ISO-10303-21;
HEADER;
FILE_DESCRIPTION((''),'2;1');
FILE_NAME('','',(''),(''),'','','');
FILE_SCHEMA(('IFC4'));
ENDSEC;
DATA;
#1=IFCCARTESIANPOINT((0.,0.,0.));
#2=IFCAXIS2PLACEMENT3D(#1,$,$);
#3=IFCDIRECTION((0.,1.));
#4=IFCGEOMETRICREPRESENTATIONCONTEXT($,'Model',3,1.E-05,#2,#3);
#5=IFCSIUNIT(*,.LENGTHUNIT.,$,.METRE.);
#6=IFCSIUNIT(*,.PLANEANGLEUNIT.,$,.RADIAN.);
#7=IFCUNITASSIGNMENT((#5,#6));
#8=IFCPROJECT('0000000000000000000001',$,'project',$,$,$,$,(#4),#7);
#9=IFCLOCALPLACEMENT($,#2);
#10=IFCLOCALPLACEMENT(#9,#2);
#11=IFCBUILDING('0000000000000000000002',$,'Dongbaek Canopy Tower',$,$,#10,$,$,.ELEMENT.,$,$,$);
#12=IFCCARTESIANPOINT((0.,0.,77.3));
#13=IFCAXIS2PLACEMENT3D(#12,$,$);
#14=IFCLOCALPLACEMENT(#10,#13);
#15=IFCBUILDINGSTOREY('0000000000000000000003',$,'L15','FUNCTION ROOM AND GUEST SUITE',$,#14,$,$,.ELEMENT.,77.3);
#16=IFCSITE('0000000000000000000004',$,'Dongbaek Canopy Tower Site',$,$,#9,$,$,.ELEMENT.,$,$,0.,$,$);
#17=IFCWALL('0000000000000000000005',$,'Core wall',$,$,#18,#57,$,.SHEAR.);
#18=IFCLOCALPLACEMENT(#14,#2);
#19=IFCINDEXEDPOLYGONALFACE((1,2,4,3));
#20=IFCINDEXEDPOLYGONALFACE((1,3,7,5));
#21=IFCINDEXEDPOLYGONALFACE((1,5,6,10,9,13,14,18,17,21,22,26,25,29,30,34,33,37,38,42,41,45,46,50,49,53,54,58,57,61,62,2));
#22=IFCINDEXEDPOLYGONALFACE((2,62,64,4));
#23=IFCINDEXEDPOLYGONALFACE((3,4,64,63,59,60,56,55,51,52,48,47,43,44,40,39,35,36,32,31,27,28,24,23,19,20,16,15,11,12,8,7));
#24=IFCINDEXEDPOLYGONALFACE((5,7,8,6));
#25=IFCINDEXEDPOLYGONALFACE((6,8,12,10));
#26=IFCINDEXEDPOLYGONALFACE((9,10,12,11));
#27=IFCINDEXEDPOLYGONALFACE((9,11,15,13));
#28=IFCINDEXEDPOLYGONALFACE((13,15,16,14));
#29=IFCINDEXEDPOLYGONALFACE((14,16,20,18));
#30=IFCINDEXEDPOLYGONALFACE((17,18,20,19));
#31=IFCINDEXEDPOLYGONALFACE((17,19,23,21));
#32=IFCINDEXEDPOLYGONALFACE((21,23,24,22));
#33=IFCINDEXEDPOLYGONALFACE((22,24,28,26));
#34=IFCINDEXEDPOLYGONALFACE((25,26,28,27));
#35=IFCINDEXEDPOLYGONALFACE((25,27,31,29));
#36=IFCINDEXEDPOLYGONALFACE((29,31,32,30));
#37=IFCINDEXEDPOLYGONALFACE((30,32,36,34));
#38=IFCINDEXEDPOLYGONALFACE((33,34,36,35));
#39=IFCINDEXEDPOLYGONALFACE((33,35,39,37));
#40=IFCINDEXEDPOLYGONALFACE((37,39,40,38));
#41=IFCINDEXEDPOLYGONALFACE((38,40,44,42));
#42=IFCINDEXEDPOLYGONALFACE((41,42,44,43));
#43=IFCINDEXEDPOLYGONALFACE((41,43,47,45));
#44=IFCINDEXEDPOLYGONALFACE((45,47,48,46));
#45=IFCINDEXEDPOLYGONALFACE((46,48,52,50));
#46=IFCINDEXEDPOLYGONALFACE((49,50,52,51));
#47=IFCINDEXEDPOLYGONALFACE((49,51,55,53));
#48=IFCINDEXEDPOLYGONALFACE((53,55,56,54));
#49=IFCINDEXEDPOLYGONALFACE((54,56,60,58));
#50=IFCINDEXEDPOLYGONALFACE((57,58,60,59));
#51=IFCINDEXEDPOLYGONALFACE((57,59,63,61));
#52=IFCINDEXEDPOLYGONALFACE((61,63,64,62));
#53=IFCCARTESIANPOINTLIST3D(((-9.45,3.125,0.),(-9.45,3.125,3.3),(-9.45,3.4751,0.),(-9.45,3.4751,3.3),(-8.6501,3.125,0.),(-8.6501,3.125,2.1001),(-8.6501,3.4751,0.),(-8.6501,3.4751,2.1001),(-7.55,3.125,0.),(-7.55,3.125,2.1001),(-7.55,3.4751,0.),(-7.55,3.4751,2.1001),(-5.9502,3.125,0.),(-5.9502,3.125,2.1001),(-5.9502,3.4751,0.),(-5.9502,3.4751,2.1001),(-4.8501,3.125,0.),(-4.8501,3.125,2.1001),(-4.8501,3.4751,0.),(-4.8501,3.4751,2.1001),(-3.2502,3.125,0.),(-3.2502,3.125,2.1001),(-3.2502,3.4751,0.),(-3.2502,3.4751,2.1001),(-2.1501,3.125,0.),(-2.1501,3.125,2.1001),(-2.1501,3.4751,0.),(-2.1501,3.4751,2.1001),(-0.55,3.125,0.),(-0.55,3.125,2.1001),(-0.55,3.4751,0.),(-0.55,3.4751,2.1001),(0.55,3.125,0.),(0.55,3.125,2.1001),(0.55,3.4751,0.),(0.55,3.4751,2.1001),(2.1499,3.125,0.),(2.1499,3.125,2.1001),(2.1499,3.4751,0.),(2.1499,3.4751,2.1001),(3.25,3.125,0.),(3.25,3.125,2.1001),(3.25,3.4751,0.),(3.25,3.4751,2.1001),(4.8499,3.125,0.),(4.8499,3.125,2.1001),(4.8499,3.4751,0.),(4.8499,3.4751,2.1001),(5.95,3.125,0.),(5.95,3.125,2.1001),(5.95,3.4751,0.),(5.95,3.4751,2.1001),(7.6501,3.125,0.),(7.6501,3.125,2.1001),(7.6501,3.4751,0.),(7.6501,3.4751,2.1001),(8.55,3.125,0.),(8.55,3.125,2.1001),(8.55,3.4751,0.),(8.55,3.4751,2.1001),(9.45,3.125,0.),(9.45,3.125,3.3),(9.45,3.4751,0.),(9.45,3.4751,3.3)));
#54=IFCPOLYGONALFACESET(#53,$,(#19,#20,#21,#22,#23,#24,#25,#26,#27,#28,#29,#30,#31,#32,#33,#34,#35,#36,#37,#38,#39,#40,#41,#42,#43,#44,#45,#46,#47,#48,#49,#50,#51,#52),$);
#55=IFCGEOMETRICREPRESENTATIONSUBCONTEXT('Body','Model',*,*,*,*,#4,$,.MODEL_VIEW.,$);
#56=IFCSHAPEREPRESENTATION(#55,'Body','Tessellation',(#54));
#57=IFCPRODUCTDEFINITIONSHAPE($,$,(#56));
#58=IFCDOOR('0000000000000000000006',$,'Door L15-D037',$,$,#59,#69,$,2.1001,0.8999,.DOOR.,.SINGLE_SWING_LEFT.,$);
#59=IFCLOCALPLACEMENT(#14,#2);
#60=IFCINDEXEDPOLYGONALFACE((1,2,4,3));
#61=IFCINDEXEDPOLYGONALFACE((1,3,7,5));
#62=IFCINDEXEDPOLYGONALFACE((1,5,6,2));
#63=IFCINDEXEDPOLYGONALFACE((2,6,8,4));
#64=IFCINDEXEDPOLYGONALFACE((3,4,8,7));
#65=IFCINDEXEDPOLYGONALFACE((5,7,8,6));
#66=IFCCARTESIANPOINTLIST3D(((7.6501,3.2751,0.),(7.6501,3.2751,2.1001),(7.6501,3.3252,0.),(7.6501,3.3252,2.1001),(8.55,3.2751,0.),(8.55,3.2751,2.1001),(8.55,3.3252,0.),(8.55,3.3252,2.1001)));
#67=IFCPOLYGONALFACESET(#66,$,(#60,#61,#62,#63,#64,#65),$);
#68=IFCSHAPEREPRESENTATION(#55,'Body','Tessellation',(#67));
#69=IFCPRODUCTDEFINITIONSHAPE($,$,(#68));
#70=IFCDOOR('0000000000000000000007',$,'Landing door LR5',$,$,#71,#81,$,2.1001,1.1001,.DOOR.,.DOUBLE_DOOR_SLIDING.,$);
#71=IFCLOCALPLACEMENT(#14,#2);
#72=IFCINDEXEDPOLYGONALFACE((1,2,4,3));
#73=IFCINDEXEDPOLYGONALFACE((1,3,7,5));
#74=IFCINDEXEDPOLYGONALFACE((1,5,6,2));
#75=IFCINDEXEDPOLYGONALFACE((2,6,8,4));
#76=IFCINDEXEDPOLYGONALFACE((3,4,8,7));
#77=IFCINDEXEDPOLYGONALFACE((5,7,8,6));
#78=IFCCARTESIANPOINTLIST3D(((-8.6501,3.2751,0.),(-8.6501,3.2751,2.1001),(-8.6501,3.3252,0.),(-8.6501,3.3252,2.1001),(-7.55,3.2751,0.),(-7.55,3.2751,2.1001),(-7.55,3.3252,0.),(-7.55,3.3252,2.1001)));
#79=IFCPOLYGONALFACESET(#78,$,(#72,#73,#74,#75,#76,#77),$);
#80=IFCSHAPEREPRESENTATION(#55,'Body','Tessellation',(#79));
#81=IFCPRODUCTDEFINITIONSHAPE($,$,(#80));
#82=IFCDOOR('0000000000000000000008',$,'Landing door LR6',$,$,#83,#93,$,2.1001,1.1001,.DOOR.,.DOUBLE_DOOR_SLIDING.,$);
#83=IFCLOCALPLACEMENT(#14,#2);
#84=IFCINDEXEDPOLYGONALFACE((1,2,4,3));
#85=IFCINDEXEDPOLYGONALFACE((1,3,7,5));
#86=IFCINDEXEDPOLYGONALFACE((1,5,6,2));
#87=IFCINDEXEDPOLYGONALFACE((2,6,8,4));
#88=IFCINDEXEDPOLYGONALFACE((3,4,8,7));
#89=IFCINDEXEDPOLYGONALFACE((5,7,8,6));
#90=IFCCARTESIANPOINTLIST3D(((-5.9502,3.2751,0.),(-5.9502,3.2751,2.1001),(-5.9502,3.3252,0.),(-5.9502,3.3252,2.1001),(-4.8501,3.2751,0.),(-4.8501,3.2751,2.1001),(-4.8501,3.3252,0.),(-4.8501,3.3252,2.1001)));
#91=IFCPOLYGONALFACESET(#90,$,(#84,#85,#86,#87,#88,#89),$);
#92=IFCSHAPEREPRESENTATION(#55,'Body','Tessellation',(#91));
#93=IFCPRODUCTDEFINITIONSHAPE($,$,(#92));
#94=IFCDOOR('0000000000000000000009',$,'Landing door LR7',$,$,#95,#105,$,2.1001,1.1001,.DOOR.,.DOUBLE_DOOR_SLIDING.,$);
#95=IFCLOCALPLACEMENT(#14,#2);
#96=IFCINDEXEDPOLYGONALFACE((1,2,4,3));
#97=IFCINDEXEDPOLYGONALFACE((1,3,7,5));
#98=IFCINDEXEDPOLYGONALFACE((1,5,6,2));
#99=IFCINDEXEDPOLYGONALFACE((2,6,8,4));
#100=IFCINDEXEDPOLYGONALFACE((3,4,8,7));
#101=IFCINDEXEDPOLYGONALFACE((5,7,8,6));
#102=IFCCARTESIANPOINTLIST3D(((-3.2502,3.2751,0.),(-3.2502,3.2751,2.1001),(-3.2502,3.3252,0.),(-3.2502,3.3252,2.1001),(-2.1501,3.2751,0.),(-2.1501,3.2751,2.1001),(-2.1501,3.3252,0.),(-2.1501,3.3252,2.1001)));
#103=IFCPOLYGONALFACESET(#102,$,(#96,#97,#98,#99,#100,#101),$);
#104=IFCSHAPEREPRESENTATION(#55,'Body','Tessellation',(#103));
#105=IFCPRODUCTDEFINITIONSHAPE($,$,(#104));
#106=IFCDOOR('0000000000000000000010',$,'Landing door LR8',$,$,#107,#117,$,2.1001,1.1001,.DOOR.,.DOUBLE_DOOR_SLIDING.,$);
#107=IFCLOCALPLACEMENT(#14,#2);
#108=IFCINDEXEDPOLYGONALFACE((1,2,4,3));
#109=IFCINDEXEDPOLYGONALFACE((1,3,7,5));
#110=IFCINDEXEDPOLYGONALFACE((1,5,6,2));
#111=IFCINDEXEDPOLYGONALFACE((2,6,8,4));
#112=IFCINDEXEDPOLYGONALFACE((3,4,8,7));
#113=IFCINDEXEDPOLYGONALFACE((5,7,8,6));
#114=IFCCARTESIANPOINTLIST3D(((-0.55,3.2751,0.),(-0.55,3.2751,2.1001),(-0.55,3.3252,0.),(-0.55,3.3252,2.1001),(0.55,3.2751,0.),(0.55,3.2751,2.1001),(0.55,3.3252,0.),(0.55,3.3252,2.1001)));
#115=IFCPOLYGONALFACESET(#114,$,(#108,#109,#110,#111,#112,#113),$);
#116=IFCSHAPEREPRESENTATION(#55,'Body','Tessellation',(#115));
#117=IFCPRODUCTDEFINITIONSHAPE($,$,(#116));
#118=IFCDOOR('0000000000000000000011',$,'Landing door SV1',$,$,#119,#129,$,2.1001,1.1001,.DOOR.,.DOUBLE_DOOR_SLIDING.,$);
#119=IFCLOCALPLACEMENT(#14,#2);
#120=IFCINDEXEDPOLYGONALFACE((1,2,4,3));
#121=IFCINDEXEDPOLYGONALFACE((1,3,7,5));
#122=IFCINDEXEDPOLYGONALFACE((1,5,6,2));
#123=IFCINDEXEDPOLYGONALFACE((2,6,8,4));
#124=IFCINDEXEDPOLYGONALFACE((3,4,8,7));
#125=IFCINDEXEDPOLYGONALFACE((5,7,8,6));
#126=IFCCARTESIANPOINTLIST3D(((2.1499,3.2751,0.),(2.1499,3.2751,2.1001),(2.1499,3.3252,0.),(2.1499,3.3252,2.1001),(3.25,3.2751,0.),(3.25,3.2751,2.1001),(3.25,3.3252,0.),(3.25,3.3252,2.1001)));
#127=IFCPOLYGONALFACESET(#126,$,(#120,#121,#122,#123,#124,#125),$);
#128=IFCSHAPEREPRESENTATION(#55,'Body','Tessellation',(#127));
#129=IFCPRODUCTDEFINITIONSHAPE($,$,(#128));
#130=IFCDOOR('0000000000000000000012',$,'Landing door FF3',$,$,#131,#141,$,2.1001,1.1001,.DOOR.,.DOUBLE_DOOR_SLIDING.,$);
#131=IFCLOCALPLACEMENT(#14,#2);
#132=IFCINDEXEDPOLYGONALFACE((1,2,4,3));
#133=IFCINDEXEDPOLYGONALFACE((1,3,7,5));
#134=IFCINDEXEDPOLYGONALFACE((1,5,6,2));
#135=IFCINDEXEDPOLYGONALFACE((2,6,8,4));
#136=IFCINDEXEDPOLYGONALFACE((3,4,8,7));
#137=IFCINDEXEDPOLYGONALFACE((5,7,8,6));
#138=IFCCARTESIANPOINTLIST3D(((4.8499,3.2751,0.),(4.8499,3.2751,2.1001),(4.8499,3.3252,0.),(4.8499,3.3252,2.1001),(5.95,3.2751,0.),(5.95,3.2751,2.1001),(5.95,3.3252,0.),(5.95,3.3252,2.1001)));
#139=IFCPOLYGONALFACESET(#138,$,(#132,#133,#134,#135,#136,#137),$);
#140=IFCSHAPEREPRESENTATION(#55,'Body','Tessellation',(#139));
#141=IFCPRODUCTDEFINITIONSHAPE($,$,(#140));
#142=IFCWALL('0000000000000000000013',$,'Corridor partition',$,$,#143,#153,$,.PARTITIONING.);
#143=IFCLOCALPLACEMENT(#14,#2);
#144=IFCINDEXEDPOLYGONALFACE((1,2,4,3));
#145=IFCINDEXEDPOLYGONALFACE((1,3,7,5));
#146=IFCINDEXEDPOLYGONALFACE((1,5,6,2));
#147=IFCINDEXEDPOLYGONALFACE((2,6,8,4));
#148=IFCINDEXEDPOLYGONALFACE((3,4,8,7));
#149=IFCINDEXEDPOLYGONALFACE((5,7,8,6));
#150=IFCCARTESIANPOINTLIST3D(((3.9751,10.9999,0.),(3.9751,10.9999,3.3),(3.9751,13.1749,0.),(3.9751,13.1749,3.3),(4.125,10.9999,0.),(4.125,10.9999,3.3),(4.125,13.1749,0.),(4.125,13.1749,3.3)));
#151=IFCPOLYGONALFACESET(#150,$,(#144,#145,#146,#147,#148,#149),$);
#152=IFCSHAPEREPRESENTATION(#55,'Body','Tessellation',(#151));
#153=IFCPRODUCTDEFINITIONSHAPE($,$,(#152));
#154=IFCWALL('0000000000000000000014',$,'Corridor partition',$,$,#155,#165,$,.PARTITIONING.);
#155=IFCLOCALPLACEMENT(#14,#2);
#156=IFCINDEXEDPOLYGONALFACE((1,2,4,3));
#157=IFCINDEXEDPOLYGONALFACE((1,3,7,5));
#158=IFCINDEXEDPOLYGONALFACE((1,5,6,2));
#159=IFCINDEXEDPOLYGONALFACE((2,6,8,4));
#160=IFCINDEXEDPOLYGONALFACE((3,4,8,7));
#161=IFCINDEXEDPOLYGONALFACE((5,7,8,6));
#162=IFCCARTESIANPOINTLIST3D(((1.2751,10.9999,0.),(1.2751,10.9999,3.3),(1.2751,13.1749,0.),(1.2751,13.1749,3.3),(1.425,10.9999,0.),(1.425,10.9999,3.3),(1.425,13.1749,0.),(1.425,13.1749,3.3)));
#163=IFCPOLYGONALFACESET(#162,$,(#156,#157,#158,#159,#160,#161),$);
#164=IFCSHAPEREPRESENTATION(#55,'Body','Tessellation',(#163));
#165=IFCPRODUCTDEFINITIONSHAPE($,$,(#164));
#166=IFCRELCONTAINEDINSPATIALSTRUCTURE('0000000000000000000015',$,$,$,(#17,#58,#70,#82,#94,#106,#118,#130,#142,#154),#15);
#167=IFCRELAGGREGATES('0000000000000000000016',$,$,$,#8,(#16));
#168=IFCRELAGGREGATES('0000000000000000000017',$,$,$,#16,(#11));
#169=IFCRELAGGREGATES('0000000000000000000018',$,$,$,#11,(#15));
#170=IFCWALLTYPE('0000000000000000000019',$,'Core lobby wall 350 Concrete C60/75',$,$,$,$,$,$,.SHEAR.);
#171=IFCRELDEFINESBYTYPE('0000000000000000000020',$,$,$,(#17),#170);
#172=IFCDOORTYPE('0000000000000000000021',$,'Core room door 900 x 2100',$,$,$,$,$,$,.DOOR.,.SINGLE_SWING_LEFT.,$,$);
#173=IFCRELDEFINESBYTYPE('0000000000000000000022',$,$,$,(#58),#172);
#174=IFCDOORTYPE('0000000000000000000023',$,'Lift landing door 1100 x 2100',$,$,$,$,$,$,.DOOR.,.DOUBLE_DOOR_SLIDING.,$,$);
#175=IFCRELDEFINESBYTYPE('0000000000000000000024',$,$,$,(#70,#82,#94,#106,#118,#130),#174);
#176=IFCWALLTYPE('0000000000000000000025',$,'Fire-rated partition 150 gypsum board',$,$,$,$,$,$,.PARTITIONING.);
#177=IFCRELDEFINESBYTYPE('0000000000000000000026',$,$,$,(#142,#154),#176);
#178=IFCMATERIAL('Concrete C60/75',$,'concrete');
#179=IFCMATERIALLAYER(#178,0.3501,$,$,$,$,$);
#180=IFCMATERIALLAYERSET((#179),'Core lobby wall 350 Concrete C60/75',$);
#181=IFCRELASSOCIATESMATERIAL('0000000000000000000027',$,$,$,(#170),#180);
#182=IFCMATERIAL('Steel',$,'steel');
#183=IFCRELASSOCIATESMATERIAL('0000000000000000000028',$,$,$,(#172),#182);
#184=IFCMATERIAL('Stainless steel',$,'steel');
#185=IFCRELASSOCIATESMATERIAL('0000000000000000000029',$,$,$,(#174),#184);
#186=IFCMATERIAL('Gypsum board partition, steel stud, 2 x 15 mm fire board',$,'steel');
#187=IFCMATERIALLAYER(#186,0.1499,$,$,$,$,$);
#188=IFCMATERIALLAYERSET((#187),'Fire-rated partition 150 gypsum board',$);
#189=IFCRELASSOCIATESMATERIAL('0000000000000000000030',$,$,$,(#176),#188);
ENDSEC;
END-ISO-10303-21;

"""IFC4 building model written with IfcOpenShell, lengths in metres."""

from ifc_helpers import new_model, si_unit, direction, frame, frame_2d, origin, place, context, subcontext, project, spatial, rectangle, extrude, material, layer, layer_set, type_object, element, fill, save


model = new_model("IFC4")

# Units and contexts
model_context = context("Model", 3, precision=1e-05, world=origin(), true_north=direction((0.0, 1.0)))
body_context = subcontext(model_context, "Body", "Model", "MODEL_VIEW")
ifc_project = project(units=[si_unit("LENGTHUNIT", "METRE"), si_unit("PLANEANGLEUNIT", "RADIAN")], contexts=[model_context])

# Site, building, storey
site_placement = place(None, origin())
site = spatial("IfcSite", under=ifc_project, at=site_placement, Name="Dongbaek Canopy Tower Site", CompositionType="ELEMENT", RefElevation=0.0)
building_placement = place(site_placement, origin())
building = spatial("IfcBuilding", under=site, at=building_placement, Name="Dongbaek Canopy Tower", CompositionType="ELEMENT")
storey_placement = place(building_placement, frame((0.0, 0.0, 77.3)))
storey = spatial("IfcBuildingStorey", under=building, at=storey_placement, Name="L15", Description="FUNCTION ROOM AND GUEST SUITE", CompositionType="ELEMENT", Elevation=77.3)

# Wall, openings, doors
ifc_material_1 = material(Name="Concrete C60/75", Category="concrete")
ifc_layer_1 = layer(ifc_material_1, 0.3501)
ifc_layer_set_1 = layer_set([ifc_layer_1], Name="Core lobby wall 350 Concrete C60/75")
wall_type_1 = type_object("IfcWallType", Name="Core lobby wall 350 Concrete C60/75", PredefinedType="SHEAR", material=ifc_layer_set_1)
wall_1_placement = place(storey_placement, frame((9.45, 3.3, 0.0), z_axis=(0.0, 0.0, 1.0), x_axis=(-1.0, 0.0, 0.0)))
wall_1 = element("IfcWall", 1, at=wall_1_placement, inside=storey, type_object=wall_type_1, Name="Core wall", PredefinedType="SHEAR", context=body_context, shape_type="SweptSolid", body=[
    extrude(rectangle(XDim=18.8999, YDim=0.3501, at=frame_2d((9.45, 0.0))), origin(), (0.0, 0.0, 1.0), 3.3),
])
opening_1_placement = place(wall_1_placement, frame((17.0, 0.0, 0.0)))
opening_1 = element("IfcOpeningElement", 2, at=opening_1_placement, cuts=wall_1, PredefinedType="OPENING", context=body_context, shape_type="SweptSolid", body=[
    extrude(rectangle(XDim=1.1001, YDim=2.1001, at=frame_2d((0.55, 1.05))), frame((0.0, 0.1851, 0.0), z_axis=(0.0, -1.0, 0.0), x_axis=(1.0, 0.0, 0.0)), (0.0, 0.0, 1.0), 0.3701),
])
opening_2_placement = place(wall_1_placement, frame((14.3, 0.0, 0.0)))
opening_2 = element("IfcOpeningElement", 3, at=opening_2_placement, cuts=wall_1, PredefinedType="OPENING", context=body_context, shape_type="SweptSolid", body=[
    extrude(rectangle(XDim=1.1001, YDim=2.1001, at=frame_2d((0.55, 1.05))), frame((0.0, 0.1851, 0.0), z_axis=(0.0, -1.0, 0.0), x_axis=(1.0, 0.0, 0.0)), (0.0, 0.0, 1.0), 0.3701),
])
opening_3_placement = place(wall_1_placement, frame((11.6001, 0.0, 0.0)))
opening_3 = element("IfcOpeningElement", 4, at=opening_3_placement, cuts=wall_1, PredefinedType="OPENING", context=body_context, shape_type="SweptSolid", body=[
    extrude(rectangle(XDim=1.1001, YDim=2.1001, at=frame_2d((0.55, 1.05))), frame((0.0, 0.1851, 0.0), z_axis=(0.0, -1.0, 0.0), x_axis=(1.0, 0.0, 0.0)), (0.0, 0.0, 1.0), 0.3701),
])
opening_4_placement = place(wall_1_placement, frame((8.8999, 0.0, 0.0)))
opening_4 = element("IfcOpeningElement", 5, at=opening_4_placement, cuts=wall_1, PredefinedType="OPENING", context=body_context, shape_type="SweptSolid", body=[
    extrude(rectangle(XDim=1.1001, YDim=2.1001, at=frame_2d((0.55, 1.05))), frame((0.0, 0.1851, 0.0), z_axis=(0.0, -1.0, 0.0), x_axis=(1.0, 0.0, 0.0)), (0.0, 0.0, 1.0), 0.3701),
])
opening_5_placement = place(wall_1_placement, frame((6.2, 0.0, 0.0)))
opening_5 = element("IfcOpeningElement", 6, at=opening_5_placement, cuts=wall_1, PredefinedType="OPENING", context=body_context, shape_type="SweptSolid", body=[
    extrude(rectangle(XDim=1.1001, YDim=2.1001, at=frame_2d((0.55, 1.05))), frame((0.0, 0.1851, 0.0), z_axis=(0.0, -1.0, 0.0), x_axis=(1.0, 0.0, 0.0)), (0.0, 0.0, 1.0), 0.3701),
])
opening_6_placement = place(wall_1_placement, frame((3.5, 0.0, 0.0)))
opening_6 = element("IfcOpeningElement", 7, at=opening_6_placement, cuts=wall_1, PredefinedType="OPENING", context=body_context, shape_type="SweptSolid", body=[
    extrude(rectangle(XDim=1.1001, YDim=2.1001, at=frame_2d((0.55, 1.05))), frame((0.0, 0.1851, 0.0), z_axis=(0.0, -1.0, 0.0), x_axis=(1.0, 0.0, 0.0)), (0.0, 0.0, 1.0), 0.3701),
])
opening_7_placement = place(wall_1_placement, frame((0.8999, 0.0, 0.0)))
opening_7 = element("IfcOpeningElement", 8, at=opening_7_placement, cuts=wall_1, PredefinedType="OPENING", context=body_context, shape_type="SweptSolid", body=[
    extrude(rectangle(XDim=0.8999, YDim=2.1001, at=frame_2d((0.45, 1.05))), frame((0.0, 0.1851, 0.0), z_axis=(0.0, -1.0, 0.0), x_axis=(1.0, 0.0, 0.0)), (0.0, 0.0, 1.0), 0.3701),
])
ifc_material_2 = material(Name="Steel", Category="steel")
door_type_1 = type_object("IfcDoorType", Name="Core room door 900 x 2100", OperationType="SINGLE_SWING_LEFT", PredefinedType="DOOR", material=ifc_material_2)
door_1_placement = place(opening_7_placement, origin())
door_1 = element("IfcDoor", 9, at=door_1_placement, inside=storey, type_object=door_type_1, Name="Door L15-D037", OperationType="SINGLE_SWING_LEFT", OverallHeight=2.1001, OverallWidth=0.8999, PredefinedType="DOOR", context=body_context, shape_type="SweptSolid", body=[
    extrude(rectangle(XDim=0.8999, YDim=2.1001, at=frame_2d((0.45, 1.05))), frame((0.0, 0.0249, 0.0), z_axis=(0.0, -1.0, 0.0), x_axis=(1.0, 0.0, 0.0)), (0.0, 0.0, 1.0), 0.05),
])
fill(opening_7, door_1)
ifc_material_3 = material(Name="Stainless steel", Category="steel")
door_type_2 = type_object("IfcDoorType", Name="Lift landing door 1100 x 2100", OperationType="DOUBLE_DOOR_SLIDING", PredefinedType="DOOR", material=ifc_material_3)
door_2_placement = place(opening_1_placement, origin())
door_2 = element("IfcDoor", 10, at=door_2_placement, inside=storey, type_object=door_type_2, Name="Landing door LR5", OperationType="DOUBLE_DOOR_SLIDING", OverallHeight=2.1001, OverallWidth=1.1001, PredefinedType="DOOR", context=body_context, shape_type="SweptSolid", body=[
    extrude(rectangle(XDim=1.1001, YDim=2.1001, at=frame_2d((0.55, 1.05))), frame((0.0, 0.0249, 0.0), z_axis=(0.0, -1.0, 0.0), x_axis=(1.0, 0.0, 0.0)), (0.0, 0.0, 1.0), 0.05),
])
fill(opening_1, door_2)
door_3_placement = place(opening_2_placement, origin())
door_3 = element("IfcDoor", 11, at=door_3_placement, inside=storey, type_object=door_type_2, Name="Landing door LR6", OperationType="DOUBLE_DOOR_SLIDING", OverallHeight=2.1001, OverallWidth=1.1001, PredefinedType="DOOR", context=body_context, shape_type="SweptSolid", body=[
    extrude(rectangle(XDim=1.1001, YDim=2.1001, at=frame_2d((0.55, 1.05))), frame((0.0, 0.0249, 0.0), z_axis=(0.0, -1.0, 0.0), x_axis=(1.0, 0.0, 0.0)), (0.0, 0.0, 1.0), 0.05),
])
fill(opening_2, door_3)
door_4_placement = place(opening_3_placement, origin())
door_4 = element("IfcDoor", 12, at=door_4_placement, inside=storey, type_object=door_type_2, Name="Landing door LR7", OperationType="DOUBLE_DOOR_SLIDING", OverallHeight=2.1001, OverallWidth=1.1001, PredefinedType="DOOR", context=body_context, shape_type="SweptSolid", body=[
    extrude(rectangle(XDim=1.1001, YDim=2.1001, at=frame_2d((0.55, 1.05))), frame((0.0, 0.0249, 0.0), z_axis=(0.0, -1.0, 0.0), x_axis=(1.0, 0.0, 0.0)), (0.0, 0.0, 1.0), 0.05),
])
fill(opening_3, door_4)
door_5_placement = place(opening_4_placement, origin())
door_5 = element("IfcDoor", 13, at=door_5_placement, inside=storey, type_object=door_type_2, Name="Landing door LR8", OperationType="DOUBLE_DOOR_SLIDING", OverallHeight=2.1001, OverallWidth=1.1001, PredefinedType="DOOR", context=body_context, shape_type="SweptSolid", body=[
    extrude(rectangle(XDim=1.1001, YDim=2.1001, at=frame_2d((0.55, 1.05))), frame((0.0, 0.0249, 0.0), z_axis=(0.0, -1.0, 0.0), x_axis=(1.0, 0.0, 0.0)), (0.0, 0.0, 1.0), 0.05),
])
fill(opening_4, door_5)
door_6_placement = place(opening_5_placement, origin())
door_6 = element("IfcDoor", 14, at=door_6_placement, inside=storey, type_object=door_type_2, Name="Landing door SV1", OperationType="DOUBLE_DOOR_SLIDING", OverallHeight=2.1001, OverallWidth=1.1001, PredefinedType="DOOR", context=body_context, shape_type="SweptSolid", body=[
    extrude(rectangle(XDim=1.1001, YDim=2.1001, at=frame_2d((0.55, 1.05))), frame((0.0, 0.0249, 0.0), z_axis=(0.0, -1.0, 0.0), x_axis=(1.0, 0.0, 0.0)), (0.0, 0.0, 1.0), 0.05),
])
fill(opening_5, door_6)
door_7_placement = place(opening_6_placement, origin())
door_7 = element("IfcDoor", 15, at=door_7_placement, inside=storey, type_object=door_type_2, Name="Landing door FF3", OperationType="DOUBLE_DOOR_SLIDING", OverallHeight=2.1001, OverallWidth=1.1001, PredefinedType="DOOR", context=body_context, shape_type="SweptSolid", body=[
    extrude(rectangle(XDim=1.1001, YDim=2.1001, at=frame_2d((0.55, 1.05))), frame((0.0, 0.0249, 0.0), z_axis=(0.0, -1.0, 0.0), x_axis=(1.0, 0.0, 0.0)), (0.0, 0.0, 1.0), 0.05),
])
fill(opening_6, door_7)

# Walls
ifc_material_4 = material(Name="Gypsum board partition, steel stud, 2 x 15 mm fire board", Category="steel")
ifc_layer_2 = layer(ifc_material_4, 0.1499)
ifc_layer_set_2 = layer_set([ifc_layer_2], Name="Fire-rated partition 150 gypsum board")
wall_type_2 = type_object("IfcWallType", Name="Fire-rated partition 150 gypsum board", PredefinedType="PARTITIONING", material=ifc_layer_set_2)
for number, where, z_axis, x_axis, name in (
    (16, (4.05, 11.0, 0.0), (0.0, 0.0, 1.0), (0.0, 1.0, 0.0), "Corridor partition"),
    (17, (1.3501, 11.0, 0.0), (0.0, 0.0, 1.0), (0.0, 1.0, 0.0), "Corridor partition"),
):
    element("IfcWall", number, at=place(storey_placement, frame(where, z_axis=z_axis, x_axis=x_axis)), inside=storey, type_object=wall_type_2, Name=name, PredefinedType="PARTITIONING", context=body_context, shape_type="SweptSolid", body=[
        extrude(rectangle(XDim=2.175, YDim=0.1499, at=frame_2d((1.0874, 0.0))), origin(), (0.0, 0.0, 1.0), 3.3),
    ])

save(model, "model.ifc")
